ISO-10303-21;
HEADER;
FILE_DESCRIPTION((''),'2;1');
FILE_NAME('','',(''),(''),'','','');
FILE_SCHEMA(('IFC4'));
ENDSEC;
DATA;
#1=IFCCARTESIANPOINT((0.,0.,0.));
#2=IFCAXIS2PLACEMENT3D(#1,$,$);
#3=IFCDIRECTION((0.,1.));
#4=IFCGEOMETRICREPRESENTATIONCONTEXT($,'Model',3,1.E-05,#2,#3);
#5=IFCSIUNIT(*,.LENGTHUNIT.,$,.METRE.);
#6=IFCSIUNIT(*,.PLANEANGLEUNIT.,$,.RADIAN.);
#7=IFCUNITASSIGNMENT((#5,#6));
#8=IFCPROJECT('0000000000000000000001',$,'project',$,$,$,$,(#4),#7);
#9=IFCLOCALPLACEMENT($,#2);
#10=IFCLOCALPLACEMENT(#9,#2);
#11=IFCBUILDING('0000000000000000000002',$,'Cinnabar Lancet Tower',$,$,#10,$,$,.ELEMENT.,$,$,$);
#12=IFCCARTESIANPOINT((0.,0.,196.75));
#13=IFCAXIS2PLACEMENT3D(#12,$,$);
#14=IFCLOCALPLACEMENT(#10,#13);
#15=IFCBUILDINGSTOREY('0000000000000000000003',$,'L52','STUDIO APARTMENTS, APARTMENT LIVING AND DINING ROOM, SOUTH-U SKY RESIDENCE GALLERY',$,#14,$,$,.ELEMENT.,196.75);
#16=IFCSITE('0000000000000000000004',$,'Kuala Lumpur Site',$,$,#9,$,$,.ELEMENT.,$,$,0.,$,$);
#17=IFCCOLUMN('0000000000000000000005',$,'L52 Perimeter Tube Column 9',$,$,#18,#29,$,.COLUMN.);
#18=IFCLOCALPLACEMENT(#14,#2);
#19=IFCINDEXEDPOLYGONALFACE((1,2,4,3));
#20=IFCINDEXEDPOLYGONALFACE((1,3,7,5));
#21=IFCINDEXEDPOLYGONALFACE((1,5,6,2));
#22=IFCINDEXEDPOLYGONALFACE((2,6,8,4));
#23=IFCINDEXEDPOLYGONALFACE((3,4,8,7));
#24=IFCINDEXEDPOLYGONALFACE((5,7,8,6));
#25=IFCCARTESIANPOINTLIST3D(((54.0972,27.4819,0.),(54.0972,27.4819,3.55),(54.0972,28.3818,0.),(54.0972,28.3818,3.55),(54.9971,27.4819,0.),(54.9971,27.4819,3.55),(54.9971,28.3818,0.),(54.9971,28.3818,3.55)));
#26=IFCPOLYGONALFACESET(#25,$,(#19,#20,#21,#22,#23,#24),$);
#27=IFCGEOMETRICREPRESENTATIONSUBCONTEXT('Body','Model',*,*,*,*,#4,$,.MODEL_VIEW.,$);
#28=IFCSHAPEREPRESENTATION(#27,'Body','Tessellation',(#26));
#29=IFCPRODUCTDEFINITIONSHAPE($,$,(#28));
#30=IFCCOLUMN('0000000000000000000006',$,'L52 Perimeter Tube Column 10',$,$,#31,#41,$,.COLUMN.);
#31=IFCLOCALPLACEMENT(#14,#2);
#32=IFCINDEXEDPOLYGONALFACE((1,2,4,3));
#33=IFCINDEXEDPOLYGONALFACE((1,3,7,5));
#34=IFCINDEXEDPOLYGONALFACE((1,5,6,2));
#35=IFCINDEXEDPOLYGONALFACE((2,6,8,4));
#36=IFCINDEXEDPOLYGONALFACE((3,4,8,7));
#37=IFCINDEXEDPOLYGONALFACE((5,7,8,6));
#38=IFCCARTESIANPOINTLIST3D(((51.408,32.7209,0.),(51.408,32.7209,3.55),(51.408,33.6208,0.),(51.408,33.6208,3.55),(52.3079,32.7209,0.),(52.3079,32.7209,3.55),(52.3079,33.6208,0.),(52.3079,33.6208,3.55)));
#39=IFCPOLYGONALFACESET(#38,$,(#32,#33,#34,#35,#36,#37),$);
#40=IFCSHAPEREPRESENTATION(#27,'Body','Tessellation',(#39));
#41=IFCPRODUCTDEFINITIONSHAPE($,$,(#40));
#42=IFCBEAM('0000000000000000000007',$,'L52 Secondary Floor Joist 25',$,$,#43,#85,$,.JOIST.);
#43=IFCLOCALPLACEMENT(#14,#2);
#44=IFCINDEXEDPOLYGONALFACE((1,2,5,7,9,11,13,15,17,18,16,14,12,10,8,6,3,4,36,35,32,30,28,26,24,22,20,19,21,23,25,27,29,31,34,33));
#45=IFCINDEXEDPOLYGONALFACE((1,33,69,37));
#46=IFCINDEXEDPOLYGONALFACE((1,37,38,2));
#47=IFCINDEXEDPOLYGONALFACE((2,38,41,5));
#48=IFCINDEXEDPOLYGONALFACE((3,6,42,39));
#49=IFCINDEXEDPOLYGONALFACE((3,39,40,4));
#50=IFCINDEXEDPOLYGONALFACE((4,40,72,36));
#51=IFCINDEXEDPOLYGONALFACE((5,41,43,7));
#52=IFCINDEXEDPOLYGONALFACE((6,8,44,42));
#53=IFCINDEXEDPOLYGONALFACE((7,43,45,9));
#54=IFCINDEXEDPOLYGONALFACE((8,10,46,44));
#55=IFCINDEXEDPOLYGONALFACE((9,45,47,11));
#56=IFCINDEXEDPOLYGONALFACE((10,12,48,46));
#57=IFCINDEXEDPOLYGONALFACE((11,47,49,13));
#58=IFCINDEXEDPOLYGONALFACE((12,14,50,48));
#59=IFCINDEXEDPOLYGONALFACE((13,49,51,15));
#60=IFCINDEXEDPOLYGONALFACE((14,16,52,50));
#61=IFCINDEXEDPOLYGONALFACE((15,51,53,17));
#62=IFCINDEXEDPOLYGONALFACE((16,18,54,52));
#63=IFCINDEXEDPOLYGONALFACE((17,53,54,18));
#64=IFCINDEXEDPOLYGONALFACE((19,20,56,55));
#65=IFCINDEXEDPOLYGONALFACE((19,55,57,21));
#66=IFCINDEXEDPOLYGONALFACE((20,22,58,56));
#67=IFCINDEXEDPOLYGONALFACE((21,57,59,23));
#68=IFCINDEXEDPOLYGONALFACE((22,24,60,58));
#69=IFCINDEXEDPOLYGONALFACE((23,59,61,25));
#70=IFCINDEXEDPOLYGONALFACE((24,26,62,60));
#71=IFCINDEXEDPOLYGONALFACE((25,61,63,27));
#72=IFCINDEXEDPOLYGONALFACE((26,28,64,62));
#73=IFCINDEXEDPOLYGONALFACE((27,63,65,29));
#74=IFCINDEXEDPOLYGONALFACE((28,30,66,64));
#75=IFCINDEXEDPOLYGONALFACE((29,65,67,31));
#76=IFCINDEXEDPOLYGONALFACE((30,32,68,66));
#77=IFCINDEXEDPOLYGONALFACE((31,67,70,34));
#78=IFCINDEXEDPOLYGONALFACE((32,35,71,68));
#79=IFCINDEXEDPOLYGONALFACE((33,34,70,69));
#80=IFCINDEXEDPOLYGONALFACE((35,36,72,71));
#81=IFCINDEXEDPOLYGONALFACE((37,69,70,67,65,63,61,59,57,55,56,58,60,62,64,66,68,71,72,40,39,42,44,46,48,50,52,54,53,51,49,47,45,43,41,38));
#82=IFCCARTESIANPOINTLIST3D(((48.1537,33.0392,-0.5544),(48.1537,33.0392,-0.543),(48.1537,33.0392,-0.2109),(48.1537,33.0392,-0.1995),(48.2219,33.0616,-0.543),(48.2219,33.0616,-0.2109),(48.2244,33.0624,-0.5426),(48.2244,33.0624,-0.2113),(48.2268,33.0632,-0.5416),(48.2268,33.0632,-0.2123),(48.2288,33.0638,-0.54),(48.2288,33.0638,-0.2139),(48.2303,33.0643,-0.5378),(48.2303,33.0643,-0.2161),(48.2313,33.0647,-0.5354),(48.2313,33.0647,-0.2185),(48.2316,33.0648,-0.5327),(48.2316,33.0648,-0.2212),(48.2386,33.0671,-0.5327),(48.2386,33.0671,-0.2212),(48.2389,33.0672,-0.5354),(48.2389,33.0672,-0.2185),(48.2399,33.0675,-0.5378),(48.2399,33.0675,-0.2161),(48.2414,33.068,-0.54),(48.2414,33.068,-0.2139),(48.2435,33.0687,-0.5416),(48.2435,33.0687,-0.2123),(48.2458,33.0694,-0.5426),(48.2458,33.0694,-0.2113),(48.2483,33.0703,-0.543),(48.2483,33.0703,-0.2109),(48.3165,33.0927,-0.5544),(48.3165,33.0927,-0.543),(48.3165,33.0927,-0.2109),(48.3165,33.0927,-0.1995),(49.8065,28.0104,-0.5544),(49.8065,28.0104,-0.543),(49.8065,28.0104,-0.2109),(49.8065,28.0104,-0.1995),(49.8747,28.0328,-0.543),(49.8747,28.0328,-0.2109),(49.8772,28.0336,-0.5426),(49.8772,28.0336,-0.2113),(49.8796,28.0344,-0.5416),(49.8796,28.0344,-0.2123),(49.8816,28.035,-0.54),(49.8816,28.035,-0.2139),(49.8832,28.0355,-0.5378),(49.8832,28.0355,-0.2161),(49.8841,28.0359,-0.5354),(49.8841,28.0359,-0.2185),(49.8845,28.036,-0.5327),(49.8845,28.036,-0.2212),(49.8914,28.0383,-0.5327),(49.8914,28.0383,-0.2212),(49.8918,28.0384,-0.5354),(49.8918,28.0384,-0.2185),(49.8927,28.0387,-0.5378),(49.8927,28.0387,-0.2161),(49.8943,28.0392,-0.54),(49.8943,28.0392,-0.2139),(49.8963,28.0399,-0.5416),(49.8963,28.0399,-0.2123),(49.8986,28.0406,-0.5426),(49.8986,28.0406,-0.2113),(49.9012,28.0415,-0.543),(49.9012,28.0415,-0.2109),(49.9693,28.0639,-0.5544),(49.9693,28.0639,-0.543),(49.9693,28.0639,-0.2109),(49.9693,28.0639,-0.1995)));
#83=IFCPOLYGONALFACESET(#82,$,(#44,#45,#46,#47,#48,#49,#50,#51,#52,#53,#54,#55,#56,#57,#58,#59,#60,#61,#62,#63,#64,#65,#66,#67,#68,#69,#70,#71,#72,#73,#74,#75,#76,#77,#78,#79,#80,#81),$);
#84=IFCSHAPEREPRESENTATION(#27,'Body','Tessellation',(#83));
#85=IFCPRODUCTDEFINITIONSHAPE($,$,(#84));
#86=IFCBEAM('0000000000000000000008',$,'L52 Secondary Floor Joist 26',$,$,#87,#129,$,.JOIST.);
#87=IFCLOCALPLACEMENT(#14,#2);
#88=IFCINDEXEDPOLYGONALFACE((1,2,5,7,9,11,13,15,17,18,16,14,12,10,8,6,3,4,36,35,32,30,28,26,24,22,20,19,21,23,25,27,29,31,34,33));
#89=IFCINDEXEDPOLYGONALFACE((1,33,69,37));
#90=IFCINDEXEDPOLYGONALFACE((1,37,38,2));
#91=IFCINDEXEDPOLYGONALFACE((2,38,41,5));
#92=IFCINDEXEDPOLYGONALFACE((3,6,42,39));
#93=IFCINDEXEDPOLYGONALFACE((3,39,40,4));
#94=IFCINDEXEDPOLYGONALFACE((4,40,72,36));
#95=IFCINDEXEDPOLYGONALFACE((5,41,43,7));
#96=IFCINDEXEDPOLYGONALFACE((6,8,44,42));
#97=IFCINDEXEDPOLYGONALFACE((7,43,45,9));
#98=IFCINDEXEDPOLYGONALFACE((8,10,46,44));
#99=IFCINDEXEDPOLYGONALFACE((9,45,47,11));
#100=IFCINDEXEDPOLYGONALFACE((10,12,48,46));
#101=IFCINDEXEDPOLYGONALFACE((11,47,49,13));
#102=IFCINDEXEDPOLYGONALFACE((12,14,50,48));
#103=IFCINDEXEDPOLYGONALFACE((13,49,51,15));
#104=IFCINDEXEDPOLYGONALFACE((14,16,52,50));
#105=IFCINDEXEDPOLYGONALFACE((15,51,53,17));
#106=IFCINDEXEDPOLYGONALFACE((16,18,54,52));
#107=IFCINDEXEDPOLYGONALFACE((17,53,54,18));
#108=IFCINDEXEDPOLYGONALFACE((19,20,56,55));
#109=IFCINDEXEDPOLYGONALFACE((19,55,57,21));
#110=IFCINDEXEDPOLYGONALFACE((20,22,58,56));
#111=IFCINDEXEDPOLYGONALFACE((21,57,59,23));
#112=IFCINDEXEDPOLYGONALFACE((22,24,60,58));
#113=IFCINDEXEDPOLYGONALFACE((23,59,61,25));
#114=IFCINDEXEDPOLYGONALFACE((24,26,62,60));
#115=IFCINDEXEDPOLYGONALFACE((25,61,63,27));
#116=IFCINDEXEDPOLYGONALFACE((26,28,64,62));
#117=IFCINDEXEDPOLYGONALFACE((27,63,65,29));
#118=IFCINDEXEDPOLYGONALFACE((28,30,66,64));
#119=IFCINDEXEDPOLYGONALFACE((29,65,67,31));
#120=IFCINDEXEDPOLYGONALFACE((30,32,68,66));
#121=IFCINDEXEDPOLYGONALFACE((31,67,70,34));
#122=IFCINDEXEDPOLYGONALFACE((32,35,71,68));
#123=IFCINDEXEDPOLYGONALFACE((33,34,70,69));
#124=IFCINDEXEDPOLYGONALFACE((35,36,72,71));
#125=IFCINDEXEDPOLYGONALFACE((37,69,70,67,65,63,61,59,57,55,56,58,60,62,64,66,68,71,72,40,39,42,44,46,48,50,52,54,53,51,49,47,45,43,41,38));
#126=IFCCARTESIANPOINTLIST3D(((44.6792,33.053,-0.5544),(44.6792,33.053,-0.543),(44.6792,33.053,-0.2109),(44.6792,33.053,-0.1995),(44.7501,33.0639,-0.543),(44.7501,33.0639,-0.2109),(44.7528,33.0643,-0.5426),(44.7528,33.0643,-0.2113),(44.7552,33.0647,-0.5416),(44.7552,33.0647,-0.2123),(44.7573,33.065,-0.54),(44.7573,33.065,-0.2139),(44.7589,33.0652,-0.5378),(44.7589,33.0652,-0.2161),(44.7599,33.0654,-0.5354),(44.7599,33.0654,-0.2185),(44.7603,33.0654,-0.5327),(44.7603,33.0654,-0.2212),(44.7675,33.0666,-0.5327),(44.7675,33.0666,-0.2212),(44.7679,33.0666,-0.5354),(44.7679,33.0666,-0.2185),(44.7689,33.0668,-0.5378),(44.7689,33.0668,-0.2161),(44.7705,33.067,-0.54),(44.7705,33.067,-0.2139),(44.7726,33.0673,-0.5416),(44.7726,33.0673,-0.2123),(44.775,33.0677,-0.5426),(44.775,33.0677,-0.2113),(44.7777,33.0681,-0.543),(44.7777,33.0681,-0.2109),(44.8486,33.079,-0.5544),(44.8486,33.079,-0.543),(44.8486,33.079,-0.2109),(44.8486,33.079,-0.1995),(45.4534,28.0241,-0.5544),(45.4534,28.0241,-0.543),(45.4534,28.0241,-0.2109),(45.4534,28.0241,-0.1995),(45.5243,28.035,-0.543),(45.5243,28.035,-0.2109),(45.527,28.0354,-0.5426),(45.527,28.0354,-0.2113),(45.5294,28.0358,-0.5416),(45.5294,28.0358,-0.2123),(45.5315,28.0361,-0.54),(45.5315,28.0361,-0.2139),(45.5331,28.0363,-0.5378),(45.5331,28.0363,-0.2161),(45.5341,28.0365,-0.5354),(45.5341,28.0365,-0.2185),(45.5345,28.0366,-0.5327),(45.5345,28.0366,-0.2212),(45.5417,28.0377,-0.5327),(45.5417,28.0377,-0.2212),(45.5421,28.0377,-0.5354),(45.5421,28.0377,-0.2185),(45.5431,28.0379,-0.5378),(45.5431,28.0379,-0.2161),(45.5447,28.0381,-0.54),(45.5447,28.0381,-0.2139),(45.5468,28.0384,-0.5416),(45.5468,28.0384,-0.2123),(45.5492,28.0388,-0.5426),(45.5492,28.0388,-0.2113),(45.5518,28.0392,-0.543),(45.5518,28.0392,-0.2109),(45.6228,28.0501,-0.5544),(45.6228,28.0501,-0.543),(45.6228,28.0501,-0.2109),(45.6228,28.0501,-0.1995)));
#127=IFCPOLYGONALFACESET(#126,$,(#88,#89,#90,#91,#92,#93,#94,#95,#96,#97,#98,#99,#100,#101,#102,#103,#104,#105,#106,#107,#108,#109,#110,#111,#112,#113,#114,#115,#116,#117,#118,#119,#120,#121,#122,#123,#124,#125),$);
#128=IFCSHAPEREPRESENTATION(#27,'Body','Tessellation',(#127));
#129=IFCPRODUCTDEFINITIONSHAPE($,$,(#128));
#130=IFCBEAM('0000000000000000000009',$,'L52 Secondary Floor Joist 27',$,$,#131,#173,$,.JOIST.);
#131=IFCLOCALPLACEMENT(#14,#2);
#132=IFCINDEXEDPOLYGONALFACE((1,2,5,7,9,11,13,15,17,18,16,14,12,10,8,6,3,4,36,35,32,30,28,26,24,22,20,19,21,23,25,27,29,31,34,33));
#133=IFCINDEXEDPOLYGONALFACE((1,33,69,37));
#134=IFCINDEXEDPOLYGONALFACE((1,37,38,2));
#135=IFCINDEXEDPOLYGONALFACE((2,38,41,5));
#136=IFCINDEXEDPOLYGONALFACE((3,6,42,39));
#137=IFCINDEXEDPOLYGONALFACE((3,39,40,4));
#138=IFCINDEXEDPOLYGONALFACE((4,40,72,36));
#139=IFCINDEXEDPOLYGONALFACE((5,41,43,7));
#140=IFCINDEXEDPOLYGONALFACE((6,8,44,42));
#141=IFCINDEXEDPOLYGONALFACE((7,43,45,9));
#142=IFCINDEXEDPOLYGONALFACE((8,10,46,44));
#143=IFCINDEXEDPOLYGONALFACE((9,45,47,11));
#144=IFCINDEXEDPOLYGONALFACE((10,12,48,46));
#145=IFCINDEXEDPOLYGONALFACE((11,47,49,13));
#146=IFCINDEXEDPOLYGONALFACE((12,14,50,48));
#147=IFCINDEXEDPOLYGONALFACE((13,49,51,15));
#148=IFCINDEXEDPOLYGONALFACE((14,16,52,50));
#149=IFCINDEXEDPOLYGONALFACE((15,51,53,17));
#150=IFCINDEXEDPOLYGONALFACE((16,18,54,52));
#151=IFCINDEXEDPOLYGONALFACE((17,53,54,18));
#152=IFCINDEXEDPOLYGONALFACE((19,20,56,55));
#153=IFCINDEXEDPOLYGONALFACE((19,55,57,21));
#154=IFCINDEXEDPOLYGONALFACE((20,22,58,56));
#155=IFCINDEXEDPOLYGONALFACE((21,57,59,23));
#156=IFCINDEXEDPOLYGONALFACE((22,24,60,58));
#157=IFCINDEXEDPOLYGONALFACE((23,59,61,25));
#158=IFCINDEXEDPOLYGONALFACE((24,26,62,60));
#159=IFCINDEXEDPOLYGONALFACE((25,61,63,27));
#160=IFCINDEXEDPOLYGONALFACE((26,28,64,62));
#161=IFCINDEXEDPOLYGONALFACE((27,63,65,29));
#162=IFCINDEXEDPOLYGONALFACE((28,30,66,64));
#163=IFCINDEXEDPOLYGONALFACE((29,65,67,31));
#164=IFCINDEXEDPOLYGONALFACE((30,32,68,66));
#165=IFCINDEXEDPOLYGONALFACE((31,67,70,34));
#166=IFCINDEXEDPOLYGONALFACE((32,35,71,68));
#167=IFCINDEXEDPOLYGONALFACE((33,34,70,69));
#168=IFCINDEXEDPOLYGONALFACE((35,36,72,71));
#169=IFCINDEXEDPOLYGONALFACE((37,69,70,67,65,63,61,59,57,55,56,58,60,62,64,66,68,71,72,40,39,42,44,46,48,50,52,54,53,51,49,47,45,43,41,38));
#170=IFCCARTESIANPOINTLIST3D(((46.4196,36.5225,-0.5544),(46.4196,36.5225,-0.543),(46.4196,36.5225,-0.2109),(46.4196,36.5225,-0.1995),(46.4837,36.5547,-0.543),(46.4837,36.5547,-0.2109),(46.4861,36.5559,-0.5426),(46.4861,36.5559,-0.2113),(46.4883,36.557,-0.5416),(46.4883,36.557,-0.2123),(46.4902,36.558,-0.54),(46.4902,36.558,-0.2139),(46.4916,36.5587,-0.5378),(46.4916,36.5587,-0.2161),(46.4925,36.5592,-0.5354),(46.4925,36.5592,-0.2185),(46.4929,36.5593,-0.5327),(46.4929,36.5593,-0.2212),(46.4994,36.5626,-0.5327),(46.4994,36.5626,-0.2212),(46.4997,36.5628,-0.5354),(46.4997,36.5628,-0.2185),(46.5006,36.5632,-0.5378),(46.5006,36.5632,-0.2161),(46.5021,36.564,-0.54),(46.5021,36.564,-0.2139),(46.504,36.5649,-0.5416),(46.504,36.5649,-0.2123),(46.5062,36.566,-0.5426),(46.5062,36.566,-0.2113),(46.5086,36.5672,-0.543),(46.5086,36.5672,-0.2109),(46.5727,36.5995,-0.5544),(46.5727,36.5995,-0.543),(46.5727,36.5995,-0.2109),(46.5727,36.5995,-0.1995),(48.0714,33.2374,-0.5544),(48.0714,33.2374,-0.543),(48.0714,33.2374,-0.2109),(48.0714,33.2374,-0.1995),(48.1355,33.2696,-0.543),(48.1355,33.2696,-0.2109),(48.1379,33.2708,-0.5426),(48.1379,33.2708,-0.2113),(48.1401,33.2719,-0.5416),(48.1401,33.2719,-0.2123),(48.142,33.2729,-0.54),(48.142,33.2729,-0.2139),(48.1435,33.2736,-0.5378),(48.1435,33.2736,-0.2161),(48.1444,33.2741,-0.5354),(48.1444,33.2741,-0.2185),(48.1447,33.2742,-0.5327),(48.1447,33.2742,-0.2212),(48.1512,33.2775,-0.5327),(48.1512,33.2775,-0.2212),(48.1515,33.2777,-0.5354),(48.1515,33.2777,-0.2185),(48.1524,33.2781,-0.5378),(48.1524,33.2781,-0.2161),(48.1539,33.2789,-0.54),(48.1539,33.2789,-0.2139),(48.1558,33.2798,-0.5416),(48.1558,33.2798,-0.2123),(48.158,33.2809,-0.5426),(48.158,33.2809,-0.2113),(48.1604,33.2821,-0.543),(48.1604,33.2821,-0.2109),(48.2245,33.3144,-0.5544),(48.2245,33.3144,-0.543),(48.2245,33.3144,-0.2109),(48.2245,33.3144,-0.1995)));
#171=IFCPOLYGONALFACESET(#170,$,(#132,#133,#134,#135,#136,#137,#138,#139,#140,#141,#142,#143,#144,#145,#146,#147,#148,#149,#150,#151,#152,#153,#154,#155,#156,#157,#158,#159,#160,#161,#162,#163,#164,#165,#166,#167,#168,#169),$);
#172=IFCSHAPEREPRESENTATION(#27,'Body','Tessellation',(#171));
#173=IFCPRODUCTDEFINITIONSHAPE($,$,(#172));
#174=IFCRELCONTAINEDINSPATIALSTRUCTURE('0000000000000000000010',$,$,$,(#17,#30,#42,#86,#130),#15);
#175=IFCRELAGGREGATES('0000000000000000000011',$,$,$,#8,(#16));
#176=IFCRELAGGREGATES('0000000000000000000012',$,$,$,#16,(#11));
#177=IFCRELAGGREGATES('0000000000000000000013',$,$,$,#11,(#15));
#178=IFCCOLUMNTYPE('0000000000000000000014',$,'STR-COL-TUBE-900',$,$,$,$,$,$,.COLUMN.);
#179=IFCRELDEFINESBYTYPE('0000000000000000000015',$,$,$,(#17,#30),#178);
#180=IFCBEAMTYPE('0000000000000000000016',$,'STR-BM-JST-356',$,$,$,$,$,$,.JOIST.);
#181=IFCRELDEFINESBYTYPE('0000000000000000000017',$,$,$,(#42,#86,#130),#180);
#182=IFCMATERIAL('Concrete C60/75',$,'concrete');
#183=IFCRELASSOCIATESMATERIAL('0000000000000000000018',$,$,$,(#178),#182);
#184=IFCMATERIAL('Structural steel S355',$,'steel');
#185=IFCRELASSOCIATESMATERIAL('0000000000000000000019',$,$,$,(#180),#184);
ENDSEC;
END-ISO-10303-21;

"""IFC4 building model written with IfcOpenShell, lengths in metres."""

from ifc_helpers import new_model, si_unit, direction, frame, origin, origin_2d, place, context, subcontext, project, spatial, rectangle, i_section, extrude, material, material_profile, profile_set, type_object, element, save


model = new_model("IFC4")

# Units and contexts
model_context = context("Model", 3, precision=1e-05, world=origin(), true_north=direction((0.0, 1.0)))
body_context = subcontext(model_context, "Body", "Model", "MODEL_VIEW")
ifc_project = project(units=[si_unit("LENGTHUNIT", "METRE"), si_unit("PLANEANGLEUNIT", "RADIAN")], contexts=[model_context])

# Site, building, storey
site_placement = place(None, origin())
site = spatial("IfcSite", under=ifc_project, at=site_placement, Name="Kuala Lumpur Site", CompositionType="ELEMENT", RefElevation=0.0)
building_placement = place(site_placement, origin())
building = spatial("IfcBuilding", under=site, at=building_placement, Name="Cinnabar Lancet Tower", CompositionType="ELEMENT")
storey_placement = place(building_placement, frame((0.0, 0.0, 196.75)))
storey = spatial("IfcBuildingStorey", under=building, at=storey_placement, Name="L52", Description="STUDIO APARTMENTS, APARTMENT LIVING AND DINING ROOM, SOUTH-U SKY RESIDENCE GALLERY", CompositionType="ELEMENT", Elevation=196.75)

# Columns
ifc_material_1 = material(Name="Concrete C60/75", Category="concrete")
ifc_material_profile_1 = material_profile(ifc_material_1, rectangle(XDim=0.8999, YDim=0.8999, at=origin_2d()), Name="RC-COL 900x900")
ifc_profile_set_1 = profile_set([ifc_material_profile_1], Name="Concrete C60/75")
column_type = type_object("IfcColumnType", Name="STR-COL-TUBE-900", PredefinedType="COLUMN", material=ifc_profile_set_1)
for number, where, z_axis, x_axis, name in (
    (1, (54.5471, 27.9319, 0.0), (0.0, 0.0, 1.0), (1.0, 0.0, 0.0), "L52 Perimeter Tube Column 9"),
    (2, (51.8579, 33.1709, 0.0), (0.0, 0.0, 1.0), (1.0, 0.0, 0.0), "L52 Perimeter Tube Column 10"),
):
    element("IfcColumn", number, at=place(storey_placement, frame(where, z_axis=z_axis, x_axis=x_axis)), inside=storey, type_object=column_type, Name=name, PredefinedType="COLUMN", context=body_context, shape_type="SweptSolid", body=[
        extrude(rectangle(XDim=0.8999, YDim=0.8999, at=origin_2d()), origin(), (0.0, 0.0, 1.0), 3.55),
    ])

# Beams
ifc_material_2 = material(Name="Structural steel S355", Category="steel")
ifc_material_profile_2 = material_profile(ifc_material_2, i_section(OverallWidth=0.1714, OverallDepth=0.355, WebThickness=0.0073, FlangeThickness=0.0115, FilletRadius=0.0103, at=origin_2d()), Name="UKB 356x171x51")
ifc_profile_set_2 = profile_set([ifc_material_profile_2], Name="Structural steel S355")
beam_type_1 = type_object("IfcBeamType", Name="STR-BM-JST-356", PredefinedType="JOIST", material=ifc_profile_set_2)
beam_1_placement = place(storey_placement, frame((49.8879, 28.0371, -0.377), z_axis=(-0.31224, 0.950003, 0.0), x_axis=(-0.950003, -0.31224, 0.0)))
element("IfcBeam", 3, at=beam_1_placement, inside=storey, type_object=beam_type_1, Name="L52 Secondary Floor Joist 25", PredefinedType="JOIST", context=body_context, shape_type="SweptSolid", body=[
    extrude(i_section(OverallWidth=0.1714, OverallDepth=0.355, WebThickness=0.0073, FlangeThickness=0.0115, FilletRadius=0.0103, at=origin_2d()), origin(), (0.0, 0.0, 1.0), 5.2935),
])
beam_2_placement = place(storey_placement, frame((45.5381, 28.0371, -0.377), z_axis=(-0.152155, 0.988357, 0.0), x_axis=(-0.988357, -0.152155, 0.0)))
element("IfcBeam", 4, at=beam_2_placement, inside=storey, type_object=beam_type_1, Name="L52 Secondary Floor Joist 26", PredefinedType="JOIST", context=body_context, shape_type="SweptSolid", body=[
    extrude(i_section(OverallWidth=0.1714, OverallDepth=0.355, WebThickness=0.0073, FlangeThickness=0.0115, FilletRadius=0.0103, at=origin_2d()), origin(), (0.0, 0.0, 1.0), 5.0881),
])
beam_3_placement = place(storey_placement, frame((48.1479, 33.2759, -0.377), z_axis=(-0.449231, 0.893416, 0.0), x_axis=(-0.893416, -0.449231, 0.0)))
element("IfcBeam", 5, at=beam_3_placement, inside=storey, type_object=beam_type_1, Name="L52 Secondary Floor Joist 27", PredefinedType="JOIST", context=body_context, shape_type="SweptSolid", body=[
    extrude(i_section(OverallWidth=0.1714, OverallDepth=0.355, WebThickness=0.0073, FlangeThickness=0.0115, FilletRadius=0.0103, at=origin_2d()), origin(), (0.0, 0.0, 1.0), 3.677),
])

save(model, "model.ifc")
